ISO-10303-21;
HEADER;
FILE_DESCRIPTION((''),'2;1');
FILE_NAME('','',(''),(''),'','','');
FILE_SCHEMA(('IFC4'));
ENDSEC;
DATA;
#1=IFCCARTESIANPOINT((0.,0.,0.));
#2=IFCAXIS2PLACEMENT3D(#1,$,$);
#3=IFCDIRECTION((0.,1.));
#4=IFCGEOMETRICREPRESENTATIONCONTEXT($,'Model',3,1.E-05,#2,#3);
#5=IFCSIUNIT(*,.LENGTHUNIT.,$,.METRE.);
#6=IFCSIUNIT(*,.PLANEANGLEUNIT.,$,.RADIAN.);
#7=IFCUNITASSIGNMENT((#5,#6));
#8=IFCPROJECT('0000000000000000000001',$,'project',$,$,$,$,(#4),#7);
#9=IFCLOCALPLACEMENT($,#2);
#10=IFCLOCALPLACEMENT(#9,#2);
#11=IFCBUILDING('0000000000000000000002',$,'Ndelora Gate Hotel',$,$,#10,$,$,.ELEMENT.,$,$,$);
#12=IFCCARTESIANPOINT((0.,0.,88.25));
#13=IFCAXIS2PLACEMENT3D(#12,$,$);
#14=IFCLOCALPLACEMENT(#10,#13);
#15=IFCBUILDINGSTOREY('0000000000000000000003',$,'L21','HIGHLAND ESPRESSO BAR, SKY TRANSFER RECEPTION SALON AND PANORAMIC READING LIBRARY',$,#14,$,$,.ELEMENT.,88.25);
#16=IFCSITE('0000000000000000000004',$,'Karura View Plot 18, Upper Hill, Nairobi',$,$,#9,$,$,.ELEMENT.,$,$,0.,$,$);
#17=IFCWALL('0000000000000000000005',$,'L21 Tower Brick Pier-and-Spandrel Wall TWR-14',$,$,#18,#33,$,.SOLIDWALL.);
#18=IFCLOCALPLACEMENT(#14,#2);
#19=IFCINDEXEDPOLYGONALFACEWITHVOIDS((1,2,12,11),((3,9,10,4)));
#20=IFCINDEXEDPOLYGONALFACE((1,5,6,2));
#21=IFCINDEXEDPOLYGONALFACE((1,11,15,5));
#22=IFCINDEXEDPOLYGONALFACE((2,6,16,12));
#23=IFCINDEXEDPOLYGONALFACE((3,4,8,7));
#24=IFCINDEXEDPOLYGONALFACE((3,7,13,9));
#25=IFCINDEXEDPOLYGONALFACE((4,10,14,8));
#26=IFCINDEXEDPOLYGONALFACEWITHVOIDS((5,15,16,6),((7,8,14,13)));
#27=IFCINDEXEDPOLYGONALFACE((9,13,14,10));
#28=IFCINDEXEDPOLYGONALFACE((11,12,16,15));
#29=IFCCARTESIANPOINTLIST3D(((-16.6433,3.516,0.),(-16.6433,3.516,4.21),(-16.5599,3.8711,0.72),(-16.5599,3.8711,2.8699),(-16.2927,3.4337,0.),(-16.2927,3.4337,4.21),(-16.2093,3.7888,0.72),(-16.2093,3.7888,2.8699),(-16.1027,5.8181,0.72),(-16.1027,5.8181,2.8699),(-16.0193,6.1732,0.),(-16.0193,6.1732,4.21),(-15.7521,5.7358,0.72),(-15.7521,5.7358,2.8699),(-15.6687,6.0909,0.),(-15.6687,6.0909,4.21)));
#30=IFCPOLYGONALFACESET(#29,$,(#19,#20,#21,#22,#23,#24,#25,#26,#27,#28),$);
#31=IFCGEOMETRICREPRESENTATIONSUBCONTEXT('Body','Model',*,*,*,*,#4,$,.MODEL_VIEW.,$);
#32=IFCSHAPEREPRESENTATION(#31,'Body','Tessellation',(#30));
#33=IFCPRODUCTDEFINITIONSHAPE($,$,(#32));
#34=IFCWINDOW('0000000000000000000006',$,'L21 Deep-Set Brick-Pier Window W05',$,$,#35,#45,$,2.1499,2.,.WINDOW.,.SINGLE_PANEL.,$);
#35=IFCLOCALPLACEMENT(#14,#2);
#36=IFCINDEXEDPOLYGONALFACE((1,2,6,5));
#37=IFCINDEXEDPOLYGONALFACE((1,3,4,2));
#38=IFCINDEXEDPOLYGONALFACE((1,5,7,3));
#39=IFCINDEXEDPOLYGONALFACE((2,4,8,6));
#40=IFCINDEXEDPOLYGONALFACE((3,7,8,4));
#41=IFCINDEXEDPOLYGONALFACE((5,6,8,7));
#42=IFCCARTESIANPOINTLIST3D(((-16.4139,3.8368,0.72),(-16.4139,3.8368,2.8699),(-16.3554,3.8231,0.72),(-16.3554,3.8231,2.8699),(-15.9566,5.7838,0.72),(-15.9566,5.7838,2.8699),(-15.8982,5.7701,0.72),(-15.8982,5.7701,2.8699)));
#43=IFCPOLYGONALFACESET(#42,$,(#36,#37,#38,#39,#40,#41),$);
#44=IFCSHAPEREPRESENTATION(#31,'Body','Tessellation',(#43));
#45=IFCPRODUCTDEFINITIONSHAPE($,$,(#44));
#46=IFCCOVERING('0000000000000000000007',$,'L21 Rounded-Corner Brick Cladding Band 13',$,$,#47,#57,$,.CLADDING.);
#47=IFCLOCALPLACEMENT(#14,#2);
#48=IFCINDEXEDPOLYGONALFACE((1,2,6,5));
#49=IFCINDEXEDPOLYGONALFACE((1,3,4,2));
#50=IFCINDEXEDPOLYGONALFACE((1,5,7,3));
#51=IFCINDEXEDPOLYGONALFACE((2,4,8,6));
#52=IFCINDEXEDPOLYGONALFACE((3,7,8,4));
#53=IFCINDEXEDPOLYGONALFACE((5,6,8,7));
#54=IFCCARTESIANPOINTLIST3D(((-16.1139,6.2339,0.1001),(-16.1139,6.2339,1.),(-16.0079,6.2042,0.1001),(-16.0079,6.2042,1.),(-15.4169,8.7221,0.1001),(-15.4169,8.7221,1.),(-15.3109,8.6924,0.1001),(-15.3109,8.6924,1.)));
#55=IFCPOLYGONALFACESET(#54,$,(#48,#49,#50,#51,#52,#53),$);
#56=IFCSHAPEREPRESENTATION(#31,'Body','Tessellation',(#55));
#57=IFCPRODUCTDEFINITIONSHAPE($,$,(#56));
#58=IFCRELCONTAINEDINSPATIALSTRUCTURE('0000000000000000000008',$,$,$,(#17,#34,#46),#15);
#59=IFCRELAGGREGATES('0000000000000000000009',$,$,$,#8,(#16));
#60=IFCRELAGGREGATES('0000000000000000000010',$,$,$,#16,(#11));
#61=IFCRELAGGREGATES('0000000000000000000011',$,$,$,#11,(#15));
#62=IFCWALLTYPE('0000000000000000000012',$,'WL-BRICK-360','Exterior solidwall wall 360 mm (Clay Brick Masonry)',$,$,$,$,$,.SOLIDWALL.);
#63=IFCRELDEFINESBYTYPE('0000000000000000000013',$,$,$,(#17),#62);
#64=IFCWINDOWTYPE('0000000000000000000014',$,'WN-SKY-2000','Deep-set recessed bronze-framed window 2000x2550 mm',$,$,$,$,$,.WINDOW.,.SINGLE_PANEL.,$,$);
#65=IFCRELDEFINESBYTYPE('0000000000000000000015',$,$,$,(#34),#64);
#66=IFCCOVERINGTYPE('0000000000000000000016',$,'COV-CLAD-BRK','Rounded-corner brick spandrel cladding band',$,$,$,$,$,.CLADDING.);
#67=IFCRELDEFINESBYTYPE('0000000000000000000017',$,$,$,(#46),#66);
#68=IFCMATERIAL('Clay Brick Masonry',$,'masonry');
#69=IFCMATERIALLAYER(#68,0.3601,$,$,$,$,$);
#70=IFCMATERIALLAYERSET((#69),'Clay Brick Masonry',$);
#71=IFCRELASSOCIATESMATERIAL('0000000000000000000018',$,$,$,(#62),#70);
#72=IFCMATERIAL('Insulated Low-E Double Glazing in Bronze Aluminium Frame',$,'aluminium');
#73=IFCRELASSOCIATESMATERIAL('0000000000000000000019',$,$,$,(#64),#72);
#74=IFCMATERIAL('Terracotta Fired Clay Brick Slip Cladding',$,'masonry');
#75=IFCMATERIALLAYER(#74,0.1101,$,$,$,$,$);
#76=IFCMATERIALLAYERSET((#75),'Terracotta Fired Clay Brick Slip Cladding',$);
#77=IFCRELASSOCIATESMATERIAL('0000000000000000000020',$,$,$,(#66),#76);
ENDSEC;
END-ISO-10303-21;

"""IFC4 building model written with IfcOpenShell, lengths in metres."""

from ifc_helpers import new_model, si_unit, direction, frame, frame_2d, origin, origin_2d, place, context, subcontext, project, spatial, rectangle, extrude, material, layer, layer_set, type_object, element, fill, save


model = new_model("IFC4")

# Units and contexts
model_context = context("Model", 3, precision=1e-05, world=origin(), true_north=direction((0.0, 1.0)))
body_context = subcontext(model_context, "Body", "Model", "MODEL_VIEW")
ifc_project = project(units=[si_unit("LENGTHUNIT", "METRE"), si_unit("PLANEANGLEUNIT", "RADIAN")], contexts=[model_context])

# Site, building, storey
site_placement = place(None, origin())
site = spatial("IfcSite", under=ifc_project, at=site_placement, Name="Karura View Plot 18, Upper Hill, Nairobi", CompositionType="ELEMENT", RefElevation=0.0)
building_placement = place(site_placement, origin())
building = spatial("IfcBuilding", under=site, at=building_placement, Name="Ndelora Gate Hotel", CompositionType="ELEMENT")
storey_placement = place(building_placement, frame((0.0, 0.0, 88.25)))
storey = spatial("IfcBuildingStorey", under=building, at=storey_placement, Name="L21", Description="HIGHLAND ESPRESSO BAR, SKY TRANSFER RECEPTION SALON AND PANORAMIC READING LIBRARY", CompositionType="ELEMENT", Elevation=88.25)

# Shared definitions
ifc_material_1 = material(Name="Clay Brick Masonry", Category="masonry")
ifc_layer_1 = layer(ifc_material_1, 0.3601)
ifc_layer_set_1 = layer_set([ifc_layer_1], Name="Clay Brick Masonry")
wall_type = type_object("IfcWallType", Name="WL-BRICK-360", Description="Exterior solidwall wall 360 mm (Clay Brick Masonry)", PredefinedType="SOLIDWALL", material=ifc_layer_set_1)

# Wall, opening, window
wall_1_placement = place(storey_placement, frame((-16.468, 3.4749, 0.0), z_axis=(0.0, 0.0, 1.0), x_axis=(0.228621, 0.973516, 0.0)))
wall_1 = element("IfcWall", 1, at=wall_1_placement, inside=storey, type_object=wall_type, Name="L21 Tower Brick Pier-and-Spandrel Wall TWR-14", PredefinedType="SOLIDWALL", context=body_context, shape_type="SweptSolid", body=[
    extrude(rectangle(XDim=2.7295, YDim=0.3601, at=frame_2d((1.3647, 0.0))), origin(), (0.0, 0.0, 1.0), 4.21),
])
opening_placement = place(wall_1_placement, frame((0.3647, 0.0, 0.72)))
opening = element("IfcOpeningElement", 2, at=opening_placement, cuts=wall_1, PredefinedType="OPENING", context=body_context, shape_type="SweptSolid", body=[
    extrude(rectangle(XDim=2.0, YDim=2.1499, at=frame_2d((1.0, 1.075))), frame((0.0, 0.1899, 0.0), z_axis=(0.0, -1.0, 0.0), x_axis=(1.0, 0.0, 0.0)), (0.0, 0.0, 1.0), 0.3801),
])
ifc_material_2 = material(Name="Insulated Low-E Double Glazing in Bronze Aluminium Frame", Category="aluminium")
window_type = type_object("IfcWindowType", Name="WN-SKY-2000", Description="Deep-set recessed bronze-framed window 2000x2550 mm", PartitioningType="SINGLE_PANEL", PredefinedType="WINDOW", material=ifc_material_2)
window_placement = place(opening_placement, origin())
window = element("IfcWindow", 3, at=window_placement, inside=storey, type_object=window_type, Name="L21 Deep-Set Brick-Pier Window W05", OverallHeight=2.1499, OverallWidth=2.0, PartitioningType="SINGLE_PANEL", PredefinedType="WINDOW", context=body_context, shape_type="SweptSolid", body=[
    extrude(rectangle(XDim=2.0, YDim=2.1499, at=frame_2d((1.0, 1.075))), frame((0.0, 0.03, 0.0), z_axis=(0.0, -1.0, 0.0), x_axis=(1.0, 0.0, 0.0)), (0.0, 0.0, 1.0), 0.0601),
])
fill(opening, window)

# Covering
ifc_material_3 = material(Name="Terracotta Fired Clay Brick Slip Cladding", Category="masonry")
ifc_layer_2 = layer(ifc_material_3, 0.1101)
ifc_layer_set_2 = layer_set([ifc_layer_2], Name="Terracotta Fired Clay Brick Slip Cladding")
covering_type = type_object("IfcCoveringType", Name="COV-CLAD-BRK", Description="Rounded-corner brick spandrel cladding band", PredefinedType="CLADDING", material=ifc_layer_set_2)
covering_placement = place(storey_placement, frame((-15.7124, 7.4631, 0.1001), z_axis=(0.0, 0.0, 1.0), x_axis=(0.26976, 0.962928, 0.0)))
element("IfcCovering", 4, at=covering_placement, inside=storey, type_object=covering_type, Name="L21 Rounded-Corner Brick Cladding Band 13", PredefinedType="CLADDING", context=body_context, shape_type="SweptSolid", body=[
    extrude(rectangle(XDim=2.584, YDim=0.1101, at=origin_2d()), origin(), (0.0, 0.0, 1.0), 0.8999),
])

save(model, "model.ifc")
